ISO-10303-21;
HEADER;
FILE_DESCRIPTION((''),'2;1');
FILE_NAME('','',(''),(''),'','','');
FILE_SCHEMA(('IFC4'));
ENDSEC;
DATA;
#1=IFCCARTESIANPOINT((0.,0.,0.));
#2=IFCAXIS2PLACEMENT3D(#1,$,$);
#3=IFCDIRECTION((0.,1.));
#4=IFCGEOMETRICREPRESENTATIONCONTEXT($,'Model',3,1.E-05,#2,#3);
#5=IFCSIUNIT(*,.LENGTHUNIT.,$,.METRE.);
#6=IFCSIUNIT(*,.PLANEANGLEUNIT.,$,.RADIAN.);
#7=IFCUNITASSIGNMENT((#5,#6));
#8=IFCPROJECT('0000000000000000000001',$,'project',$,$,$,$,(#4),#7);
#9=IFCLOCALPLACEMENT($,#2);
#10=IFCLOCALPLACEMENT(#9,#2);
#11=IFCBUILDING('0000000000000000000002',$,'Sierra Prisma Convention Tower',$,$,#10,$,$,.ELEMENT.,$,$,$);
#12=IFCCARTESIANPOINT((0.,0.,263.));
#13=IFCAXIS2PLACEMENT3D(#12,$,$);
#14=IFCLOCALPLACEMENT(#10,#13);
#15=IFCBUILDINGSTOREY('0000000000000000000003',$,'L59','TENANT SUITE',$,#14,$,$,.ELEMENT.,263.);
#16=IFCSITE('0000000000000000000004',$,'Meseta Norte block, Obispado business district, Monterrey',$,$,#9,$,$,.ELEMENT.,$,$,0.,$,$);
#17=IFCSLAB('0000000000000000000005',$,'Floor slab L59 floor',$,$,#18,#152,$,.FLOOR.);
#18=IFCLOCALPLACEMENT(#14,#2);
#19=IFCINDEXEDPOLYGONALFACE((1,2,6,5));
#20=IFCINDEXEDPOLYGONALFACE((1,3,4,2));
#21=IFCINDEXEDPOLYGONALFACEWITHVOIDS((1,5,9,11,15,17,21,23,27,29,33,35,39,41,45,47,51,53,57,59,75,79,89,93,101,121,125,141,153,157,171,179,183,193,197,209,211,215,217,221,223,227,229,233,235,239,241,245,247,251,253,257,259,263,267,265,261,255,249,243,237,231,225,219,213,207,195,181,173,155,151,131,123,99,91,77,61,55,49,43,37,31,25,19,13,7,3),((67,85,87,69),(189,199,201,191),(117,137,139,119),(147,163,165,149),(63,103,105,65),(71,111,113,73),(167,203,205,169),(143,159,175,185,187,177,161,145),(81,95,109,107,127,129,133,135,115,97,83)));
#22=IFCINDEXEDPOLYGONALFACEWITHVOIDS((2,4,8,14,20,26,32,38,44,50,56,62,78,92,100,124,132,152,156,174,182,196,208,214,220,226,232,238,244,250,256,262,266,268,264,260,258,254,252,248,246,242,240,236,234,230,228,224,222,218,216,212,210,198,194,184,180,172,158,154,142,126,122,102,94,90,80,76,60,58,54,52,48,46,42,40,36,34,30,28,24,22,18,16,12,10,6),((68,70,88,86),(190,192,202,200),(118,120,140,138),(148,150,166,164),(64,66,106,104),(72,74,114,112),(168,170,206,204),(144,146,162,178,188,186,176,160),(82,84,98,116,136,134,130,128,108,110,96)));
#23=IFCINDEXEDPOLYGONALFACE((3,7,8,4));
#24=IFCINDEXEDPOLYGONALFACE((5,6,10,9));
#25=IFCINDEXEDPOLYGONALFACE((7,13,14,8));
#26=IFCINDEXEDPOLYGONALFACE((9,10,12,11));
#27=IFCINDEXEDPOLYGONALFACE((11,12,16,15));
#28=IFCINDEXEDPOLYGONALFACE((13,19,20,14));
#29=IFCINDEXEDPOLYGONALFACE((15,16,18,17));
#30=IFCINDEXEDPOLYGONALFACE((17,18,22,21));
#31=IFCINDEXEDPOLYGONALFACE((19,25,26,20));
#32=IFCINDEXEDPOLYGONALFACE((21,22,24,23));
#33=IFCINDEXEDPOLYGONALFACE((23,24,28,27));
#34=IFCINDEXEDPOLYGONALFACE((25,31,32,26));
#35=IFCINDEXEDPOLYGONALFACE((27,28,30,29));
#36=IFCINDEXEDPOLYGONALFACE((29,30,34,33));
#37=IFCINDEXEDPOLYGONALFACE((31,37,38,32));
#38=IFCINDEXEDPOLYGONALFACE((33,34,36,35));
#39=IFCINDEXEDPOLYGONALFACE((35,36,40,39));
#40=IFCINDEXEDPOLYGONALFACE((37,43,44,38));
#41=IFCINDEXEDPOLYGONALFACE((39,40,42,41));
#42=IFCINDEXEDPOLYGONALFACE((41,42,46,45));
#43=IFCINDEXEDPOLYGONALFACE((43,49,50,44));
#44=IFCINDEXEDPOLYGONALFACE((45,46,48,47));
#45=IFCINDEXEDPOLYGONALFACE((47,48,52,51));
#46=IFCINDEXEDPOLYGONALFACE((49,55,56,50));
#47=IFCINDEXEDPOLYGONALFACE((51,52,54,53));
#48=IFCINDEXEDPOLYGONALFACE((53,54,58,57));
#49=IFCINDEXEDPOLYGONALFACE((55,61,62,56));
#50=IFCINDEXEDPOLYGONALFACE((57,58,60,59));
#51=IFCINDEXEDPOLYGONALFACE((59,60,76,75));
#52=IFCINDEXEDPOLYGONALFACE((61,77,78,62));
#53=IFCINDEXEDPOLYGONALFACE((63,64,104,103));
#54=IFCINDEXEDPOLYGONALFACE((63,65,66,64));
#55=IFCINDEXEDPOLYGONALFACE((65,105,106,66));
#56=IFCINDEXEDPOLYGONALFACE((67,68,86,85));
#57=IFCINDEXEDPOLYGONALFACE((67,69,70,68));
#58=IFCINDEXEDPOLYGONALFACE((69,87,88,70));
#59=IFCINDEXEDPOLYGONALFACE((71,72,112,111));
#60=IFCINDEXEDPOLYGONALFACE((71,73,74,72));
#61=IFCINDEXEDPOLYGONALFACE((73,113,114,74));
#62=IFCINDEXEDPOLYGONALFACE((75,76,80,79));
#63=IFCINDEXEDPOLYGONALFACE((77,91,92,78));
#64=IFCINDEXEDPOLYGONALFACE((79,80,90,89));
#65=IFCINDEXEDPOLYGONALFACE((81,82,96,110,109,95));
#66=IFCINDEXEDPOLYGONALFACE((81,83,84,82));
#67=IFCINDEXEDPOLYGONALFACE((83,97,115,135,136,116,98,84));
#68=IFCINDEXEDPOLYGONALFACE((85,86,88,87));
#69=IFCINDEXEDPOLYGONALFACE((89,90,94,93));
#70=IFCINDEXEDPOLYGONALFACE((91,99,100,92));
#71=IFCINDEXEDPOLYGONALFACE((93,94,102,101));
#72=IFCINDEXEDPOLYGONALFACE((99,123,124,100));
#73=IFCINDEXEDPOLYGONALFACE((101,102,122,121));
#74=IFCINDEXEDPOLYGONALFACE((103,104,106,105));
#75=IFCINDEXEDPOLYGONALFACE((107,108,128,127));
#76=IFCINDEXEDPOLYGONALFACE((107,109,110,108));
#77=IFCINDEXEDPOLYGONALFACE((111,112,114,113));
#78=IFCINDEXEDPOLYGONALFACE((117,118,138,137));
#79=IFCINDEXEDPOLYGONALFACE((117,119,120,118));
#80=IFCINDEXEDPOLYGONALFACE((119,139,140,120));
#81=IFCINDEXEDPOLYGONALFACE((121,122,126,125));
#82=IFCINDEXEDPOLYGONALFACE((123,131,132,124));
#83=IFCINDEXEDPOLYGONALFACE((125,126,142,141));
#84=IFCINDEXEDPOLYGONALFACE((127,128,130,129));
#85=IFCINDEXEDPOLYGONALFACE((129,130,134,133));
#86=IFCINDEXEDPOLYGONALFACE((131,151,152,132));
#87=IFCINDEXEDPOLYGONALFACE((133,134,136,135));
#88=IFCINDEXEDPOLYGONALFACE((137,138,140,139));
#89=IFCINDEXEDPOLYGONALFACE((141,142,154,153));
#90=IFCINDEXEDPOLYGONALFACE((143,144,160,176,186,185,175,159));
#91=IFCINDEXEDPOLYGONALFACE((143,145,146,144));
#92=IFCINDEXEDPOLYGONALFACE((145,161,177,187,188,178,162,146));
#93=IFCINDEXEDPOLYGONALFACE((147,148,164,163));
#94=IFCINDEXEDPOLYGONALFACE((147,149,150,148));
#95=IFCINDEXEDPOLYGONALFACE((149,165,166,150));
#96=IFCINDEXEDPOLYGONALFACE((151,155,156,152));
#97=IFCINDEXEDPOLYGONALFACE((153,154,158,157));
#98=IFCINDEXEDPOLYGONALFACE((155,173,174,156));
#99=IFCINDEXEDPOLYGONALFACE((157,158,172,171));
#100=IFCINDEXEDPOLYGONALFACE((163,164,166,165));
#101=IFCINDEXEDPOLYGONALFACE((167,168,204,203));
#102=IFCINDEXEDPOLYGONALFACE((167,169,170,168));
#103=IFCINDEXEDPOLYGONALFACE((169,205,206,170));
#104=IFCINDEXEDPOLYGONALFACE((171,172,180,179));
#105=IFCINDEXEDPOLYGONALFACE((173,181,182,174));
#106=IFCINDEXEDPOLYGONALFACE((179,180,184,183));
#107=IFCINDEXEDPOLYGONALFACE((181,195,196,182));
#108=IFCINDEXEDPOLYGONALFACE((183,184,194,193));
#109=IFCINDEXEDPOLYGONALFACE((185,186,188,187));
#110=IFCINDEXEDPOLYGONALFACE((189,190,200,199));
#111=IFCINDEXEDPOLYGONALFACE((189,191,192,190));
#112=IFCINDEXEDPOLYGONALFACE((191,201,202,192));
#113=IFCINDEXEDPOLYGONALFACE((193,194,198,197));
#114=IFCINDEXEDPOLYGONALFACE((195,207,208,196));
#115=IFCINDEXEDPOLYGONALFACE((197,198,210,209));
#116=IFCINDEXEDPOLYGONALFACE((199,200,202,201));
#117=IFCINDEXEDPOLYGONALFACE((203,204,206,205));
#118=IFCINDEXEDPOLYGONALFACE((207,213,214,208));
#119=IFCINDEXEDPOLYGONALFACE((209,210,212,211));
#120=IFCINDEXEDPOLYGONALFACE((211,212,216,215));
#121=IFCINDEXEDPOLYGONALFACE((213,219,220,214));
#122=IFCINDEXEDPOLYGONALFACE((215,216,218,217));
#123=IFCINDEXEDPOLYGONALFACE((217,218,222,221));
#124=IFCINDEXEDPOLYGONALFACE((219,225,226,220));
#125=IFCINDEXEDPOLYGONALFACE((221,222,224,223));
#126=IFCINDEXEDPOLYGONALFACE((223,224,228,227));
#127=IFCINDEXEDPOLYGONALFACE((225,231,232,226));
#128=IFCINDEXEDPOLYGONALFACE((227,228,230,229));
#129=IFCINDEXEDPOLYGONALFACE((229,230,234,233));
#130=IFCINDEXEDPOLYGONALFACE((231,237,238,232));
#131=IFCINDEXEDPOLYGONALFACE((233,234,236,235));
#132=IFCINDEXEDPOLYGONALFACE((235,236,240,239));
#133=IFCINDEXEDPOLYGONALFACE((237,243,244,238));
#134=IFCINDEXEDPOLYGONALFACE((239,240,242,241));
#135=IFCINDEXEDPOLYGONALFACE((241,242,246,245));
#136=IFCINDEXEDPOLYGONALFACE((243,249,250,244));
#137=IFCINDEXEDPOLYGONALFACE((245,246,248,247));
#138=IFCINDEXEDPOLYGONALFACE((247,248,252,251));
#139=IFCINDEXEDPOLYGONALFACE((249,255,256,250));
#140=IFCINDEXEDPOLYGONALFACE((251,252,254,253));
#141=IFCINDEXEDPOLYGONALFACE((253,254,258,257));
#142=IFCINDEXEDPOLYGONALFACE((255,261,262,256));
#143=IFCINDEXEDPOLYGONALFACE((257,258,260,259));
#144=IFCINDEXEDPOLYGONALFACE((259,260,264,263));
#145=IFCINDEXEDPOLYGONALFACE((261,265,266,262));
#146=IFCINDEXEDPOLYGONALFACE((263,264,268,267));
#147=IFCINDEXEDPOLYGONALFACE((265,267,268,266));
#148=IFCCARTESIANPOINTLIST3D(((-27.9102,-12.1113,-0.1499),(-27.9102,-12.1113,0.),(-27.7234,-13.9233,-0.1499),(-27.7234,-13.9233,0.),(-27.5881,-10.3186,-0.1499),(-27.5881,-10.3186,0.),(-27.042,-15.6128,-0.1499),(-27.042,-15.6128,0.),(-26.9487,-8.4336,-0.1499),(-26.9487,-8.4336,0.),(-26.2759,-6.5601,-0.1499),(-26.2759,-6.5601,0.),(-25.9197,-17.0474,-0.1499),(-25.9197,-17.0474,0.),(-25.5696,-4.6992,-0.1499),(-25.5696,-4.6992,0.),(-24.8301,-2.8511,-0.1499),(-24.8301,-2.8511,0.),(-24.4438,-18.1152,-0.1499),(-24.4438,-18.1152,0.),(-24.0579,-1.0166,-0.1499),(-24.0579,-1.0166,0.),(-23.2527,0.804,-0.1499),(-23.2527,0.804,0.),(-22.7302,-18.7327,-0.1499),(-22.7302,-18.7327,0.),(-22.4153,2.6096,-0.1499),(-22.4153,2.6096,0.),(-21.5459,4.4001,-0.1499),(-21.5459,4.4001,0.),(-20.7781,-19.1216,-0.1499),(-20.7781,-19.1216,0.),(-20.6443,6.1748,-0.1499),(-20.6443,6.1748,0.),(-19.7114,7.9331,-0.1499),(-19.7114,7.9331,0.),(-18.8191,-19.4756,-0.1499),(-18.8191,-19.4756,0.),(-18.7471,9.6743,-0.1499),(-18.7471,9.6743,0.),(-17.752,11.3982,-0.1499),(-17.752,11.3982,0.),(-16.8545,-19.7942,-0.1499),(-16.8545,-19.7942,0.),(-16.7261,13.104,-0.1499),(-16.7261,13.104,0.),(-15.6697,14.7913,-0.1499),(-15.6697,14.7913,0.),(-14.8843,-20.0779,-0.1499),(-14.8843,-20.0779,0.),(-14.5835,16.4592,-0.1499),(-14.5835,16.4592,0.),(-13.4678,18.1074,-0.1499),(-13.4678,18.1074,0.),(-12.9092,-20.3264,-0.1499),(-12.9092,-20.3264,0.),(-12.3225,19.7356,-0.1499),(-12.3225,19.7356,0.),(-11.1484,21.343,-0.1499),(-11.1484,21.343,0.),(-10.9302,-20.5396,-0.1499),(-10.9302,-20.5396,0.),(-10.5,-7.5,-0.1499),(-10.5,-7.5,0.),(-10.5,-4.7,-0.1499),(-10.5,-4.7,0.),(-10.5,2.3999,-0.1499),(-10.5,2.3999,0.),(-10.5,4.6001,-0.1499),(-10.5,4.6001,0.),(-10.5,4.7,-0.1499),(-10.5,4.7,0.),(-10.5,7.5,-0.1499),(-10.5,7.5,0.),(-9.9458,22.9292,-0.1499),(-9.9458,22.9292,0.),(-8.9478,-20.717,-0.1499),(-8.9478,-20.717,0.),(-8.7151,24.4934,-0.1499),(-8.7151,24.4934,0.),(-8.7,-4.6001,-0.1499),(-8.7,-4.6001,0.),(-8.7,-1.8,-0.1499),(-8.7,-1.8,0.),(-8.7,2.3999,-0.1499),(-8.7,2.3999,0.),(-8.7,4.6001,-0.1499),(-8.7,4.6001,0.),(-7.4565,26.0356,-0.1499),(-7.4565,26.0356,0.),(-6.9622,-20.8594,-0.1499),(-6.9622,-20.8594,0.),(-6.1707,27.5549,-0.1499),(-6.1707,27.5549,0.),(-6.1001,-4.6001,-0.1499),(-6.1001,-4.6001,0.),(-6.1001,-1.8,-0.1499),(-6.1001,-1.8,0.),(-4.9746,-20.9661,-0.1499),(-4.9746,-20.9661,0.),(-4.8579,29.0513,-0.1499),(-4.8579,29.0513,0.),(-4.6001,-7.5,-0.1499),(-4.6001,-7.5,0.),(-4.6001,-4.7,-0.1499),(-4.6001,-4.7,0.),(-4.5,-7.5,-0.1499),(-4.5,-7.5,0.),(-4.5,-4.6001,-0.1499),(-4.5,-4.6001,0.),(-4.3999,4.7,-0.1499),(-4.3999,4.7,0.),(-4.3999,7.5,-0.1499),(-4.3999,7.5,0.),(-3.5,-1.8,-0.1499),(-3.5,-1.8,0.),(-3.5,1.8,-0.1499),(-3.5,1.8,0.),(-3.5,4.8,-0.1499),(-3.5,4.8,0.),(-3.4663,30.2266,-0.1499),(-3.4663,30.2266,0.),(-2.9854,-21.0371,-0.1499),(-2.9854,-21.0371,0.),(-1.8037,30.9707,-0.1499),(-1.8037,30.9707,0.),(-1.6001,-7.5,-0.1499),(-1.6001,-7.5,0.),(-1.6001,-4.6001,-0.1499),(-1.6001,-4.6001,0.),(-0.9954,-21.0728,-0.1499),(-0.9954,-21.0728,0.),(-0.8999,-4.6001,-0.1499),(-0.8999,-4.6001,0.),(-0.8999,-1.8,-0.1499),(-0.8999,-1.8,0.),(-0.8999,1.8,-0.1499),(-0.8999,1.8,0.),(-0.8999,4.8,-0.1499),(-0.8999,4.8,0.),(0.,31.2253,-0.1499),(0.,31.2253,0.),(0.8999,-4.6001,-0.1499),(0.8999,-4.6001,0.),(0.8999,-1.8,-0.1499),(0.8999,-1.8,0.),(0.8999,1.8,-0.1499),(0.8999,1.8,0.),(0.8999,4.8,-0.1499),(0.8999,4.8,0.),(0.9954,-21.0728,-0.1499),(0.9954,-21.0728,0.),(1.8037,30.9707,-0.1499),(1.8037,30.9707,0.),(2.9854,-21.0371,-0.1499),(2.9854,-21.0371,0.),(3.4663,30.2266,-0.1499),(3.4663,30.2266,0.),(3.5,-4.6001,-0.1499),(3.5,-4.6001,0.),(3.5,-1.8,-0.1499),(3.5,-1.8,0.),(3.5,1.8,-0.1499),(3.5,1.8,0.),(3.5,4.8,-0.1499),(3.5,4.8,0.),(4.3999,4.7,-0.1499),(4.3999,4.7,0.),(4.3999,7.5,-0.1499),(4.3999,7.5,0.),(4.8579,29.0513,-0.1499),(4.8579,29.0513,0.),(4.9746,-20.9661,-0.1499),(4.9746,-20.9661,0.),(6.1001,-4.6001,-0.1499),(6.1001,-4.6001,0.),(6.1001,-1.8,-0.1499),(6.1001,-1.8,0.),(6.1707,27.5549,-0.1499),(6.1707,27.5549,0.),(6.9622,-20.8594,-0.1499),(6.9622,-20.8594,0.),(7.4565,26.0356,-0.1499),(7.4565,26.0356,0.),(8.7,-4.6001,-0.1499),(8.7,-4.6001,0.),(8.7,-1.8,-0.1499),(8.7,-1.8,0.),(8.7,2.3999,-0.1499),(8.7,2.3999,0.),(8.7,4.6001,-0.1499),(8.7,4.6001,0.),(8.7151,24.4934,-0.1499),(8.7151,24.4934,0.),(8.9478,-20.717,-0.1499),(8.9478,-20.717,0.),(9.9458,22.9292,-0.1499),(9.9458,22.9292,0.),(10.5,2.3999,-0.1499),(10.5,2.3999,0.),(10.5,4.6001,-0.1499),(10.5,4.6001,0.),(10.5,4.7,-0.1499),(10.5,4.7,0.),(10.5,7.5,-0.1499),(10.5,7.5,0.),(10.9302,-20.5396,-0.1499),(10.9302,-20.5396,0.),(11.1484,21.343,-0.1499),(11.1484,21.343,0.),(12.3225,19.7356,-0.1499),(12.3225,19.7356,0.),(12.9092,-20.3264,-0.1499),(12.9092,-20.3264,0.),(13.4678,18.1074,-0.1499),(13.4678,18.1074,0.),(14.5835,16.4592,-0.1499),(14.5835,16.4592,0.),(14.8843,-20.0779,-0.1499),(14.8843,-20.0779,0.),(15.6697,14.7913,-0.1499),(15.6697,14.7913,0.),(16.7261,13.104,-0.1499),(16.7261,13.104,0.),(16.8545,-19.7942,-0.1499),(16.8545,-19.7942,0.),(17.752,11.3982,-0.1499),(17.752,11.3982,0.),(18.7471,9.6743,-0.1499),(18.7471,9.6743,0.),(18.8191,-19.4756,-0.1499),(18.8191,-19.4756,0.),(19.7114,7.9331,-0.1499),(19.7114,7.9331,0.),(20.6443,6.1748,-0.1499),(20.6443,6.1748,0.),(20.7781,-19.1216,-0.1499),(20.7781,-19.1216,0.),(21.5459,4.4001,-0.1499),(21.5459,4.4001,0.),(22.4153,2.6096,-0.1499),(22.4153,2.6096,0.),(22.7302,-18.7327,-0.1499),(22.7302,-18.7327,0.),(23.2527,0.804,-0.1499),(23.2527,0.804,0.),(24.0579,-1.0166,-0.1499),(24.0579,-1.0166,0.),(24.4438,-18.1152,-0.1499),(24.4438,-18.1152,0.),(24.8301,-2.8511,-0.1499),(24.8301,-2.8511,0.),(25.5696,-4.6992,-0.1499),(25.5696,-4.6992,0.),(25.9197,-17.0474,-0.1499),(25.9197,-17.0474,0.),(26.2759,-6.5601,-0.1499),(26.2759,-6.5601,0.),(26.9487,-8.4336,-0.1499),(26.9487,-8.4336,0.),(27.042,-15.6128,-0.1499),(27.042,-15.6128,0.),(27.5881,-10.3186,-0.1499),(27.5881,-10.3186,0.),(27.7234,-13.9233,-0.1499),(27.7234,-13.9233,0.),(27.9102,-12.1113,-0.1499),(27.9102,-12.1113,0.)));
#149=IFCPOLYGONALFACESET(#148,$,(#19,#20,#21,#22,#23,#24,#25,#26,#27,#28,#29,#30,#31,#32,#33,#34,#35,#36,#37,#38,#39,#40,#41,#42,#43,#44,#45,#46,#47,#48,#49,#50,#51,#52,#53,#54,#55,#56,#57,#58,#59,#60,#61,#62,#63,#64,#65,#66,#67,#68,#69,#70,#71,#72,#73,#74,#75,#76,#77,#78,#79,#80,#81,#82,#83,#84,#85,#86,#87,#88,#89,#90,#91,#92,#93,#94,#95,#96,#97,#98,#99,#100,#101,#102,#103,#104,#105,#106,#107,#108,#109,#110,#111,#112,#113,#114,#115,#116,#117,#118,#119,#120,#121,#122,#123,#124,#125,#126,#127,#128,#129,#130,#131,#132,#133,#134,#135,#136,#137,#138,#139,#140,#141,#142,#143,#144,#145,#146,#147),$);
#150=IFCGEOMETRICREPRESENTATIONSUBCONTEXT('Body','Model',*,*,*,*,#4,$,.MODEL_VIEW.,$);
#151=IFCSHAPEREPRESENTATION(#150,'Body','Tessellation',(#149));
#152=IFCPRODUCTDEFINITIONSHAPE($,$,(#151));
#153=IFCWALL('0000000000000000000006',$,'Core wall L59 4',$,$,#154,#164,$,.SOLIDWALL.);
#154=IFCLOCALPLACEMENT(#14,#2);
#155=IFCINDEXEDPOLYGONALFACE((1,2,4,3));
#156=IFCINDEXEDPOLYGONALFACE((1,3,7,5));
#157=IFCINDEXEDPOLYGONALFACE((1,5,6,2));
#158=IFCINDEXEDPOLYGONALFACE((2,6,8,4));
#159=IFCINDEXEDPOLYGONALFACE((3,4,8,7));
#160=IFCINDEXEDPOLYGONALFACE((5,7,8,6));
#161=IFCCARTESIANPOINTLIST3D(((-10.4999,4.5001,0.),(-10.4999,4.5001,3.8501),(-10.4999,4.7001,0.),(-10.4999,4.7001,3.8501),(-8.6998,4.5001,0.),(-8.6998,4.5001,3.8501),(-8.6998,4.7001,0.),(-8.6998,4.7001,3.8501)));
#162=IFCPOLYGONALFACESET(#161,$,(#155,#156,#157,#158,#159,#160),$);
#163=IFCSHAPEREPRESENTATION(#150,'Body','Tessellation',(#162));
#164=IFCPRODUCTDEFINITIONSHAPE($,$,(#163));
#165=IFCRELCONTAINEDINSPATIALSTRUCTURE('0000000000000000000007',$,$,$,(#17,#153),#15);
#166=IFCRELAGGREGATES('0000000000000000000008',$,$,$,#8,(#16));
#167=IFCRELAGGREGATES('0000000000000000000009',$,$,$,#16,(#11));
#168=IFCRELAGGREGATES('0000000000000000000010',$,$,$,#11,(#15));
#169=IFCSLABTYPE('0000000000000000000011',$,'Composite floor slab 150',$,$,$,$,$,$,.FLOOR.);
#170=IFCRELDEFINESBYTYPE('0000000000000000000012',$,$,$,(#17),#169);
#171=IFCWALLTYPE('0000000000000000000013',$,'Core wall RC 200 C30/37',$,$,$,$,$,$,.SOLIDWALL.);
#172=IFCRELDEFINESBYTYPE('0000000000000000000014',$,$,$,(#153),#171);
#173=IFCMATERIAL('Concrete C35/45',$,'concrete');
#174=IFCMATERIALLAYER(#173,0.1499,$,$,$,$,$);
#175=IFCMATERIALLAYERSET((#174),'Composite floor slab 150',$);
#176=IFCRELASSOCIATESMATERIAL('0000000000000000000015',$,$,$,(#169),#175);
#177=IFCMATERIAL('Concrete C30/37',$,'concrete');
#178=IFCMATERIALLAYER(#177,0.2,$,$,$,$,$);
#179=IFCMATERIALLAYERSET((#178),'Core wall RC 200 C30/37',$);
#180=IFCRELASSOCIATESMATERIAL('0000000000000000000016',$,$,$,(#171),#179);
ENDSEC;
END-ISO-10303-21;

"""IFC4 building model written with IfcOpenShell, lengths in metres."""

from ifc_helpers import new_model, si_unit, direction, frame, frame_2d, origin, place, context, subcontext, project, spatial, polyline, rectangle, outline, extrude, material, layer, layer_set, type_object, element, save


model = new_model("IFC4")

# Units and contexts
model_context = context("Model", 3, precision=1e-05, world=origin(), true_north=direction((0.0, 1.0)))
body_context = subcontext(model_context, "Body", "Model", "MODEL_VIEW")
ifc_project = project(units=[si_unit("LENGTHUNIT", "METRE"), si_unit("PLANEANGLEUNIT", "RADIAN")], contexts=[model_context])

# Site, building, storey
site_placement = place(None, origin())
site = spatial("IfcSite", under=ifc_project, at=site_placement, Name="Meseta Norte block, Obispado business district, Monterrey", CompositionType="ELEMENT", RefElevation=0.0)
building_placement = place(site_placement, origin())
building = spatial("IfcBuilding", under=site, at=building_placement, Name="Sierra Prisma Convention Tower", CompositionType="ELEMENT")
storey_placement = place(building_placement, frame((0.0, 0.0, 263.0)))
storey = spatial("IfcBuildingStorey", under=building, at=storey_placement, Name="L59", Description="TENANT SUITE", CompositionType="ELEMENT", Elevation=263.0)

# Slab
ifc_material_1 = material(Name="Concrete C35/45", Category="concrete")
ifc_layer_1 = layer(ifc_material_1, 0.1499)
ifc_layer_set_1 = layer_set([ifc_layer_1], Name="Composite floor slab 150")
slab_type = type_object("IfcSlabType", Name="Composite floor slab 150", PredefinedType="FLOOR", material=ifc_layer_set_1)
slab_placement = place(storey_placement, frame((0.0, 0.0, -0.1499)))
element("IfcSlab", 1, at=slab_placement, inside=storey, type_object=slab_type, Name="Floor slab L59 floor", PredefinedType="FLOOR", context=body_context, shape_type="SweptSolid", body=[
    extrude(outline(polyline([(-22.7302, -18.7327), (-20.7781, -19.1216), (-18.8191, -19.4756), (-16.8545, -19.7942), (-14.8843, -20.0779), (-12.9092, -20.3264), (-10.9302, -20.5396), (-8.9478, -20.717), (-6.9622, -20.8594), (-4.9746, -20.9661), (-2.9854, -21.0371), (-0.9954, -21.0728), (0.9954, -21.0728), (2.9854, -21.0371), (4.9746, -20.9661), (6.9622, -20.8594), (8.9478, -20.717), (10.9302, -20.5396), (12.9092, -20.3264), (14.8843, -20.0779), (16.8545, -19.7942), (18.8191, -19.4756), (20.7781, -19.1216), (22.7302, -18.7327), (24.4438, -18.1152), (25.9197, -17.0474), (27.042, -15.6128), (27.7234, -13.9233), (27.9102, -12.1113), (27.5881, -10.3186), (26.9487, -8.4336), (26.2759, -6.5601), (25.5696, -4.6992), (24.8301, -2.8511), (24.0579, -1.0166), (23.2527, 0.804), (22.4153, 2.6096), (21.5459, 4.4001), (20.6443, 6.1748), (19.7114, 7.9331), (18.7471, 9.6743), (17.752, 11.3982), (16.7261, 13.104), (15.6697, 14.7913), (14.5835, 16.4592), (13.4678, 18.1074), (12.3225, 19.7356), (11.1484, 21.343), (9.9458, 22.9292), (8.7151, 24.4934), (7.4565, 26.0356), (6.1707, 27.5549), (4.8579, 29.0513), (3.4663, 30.2266), (1.8037, 30.9707), (0.0, 31.2253), (-1.8037, 30.9707), (-3.4663, 30.2266), (-4.8579, 29.0513), (-6.1707, 27.5549), (-7.4565, 26.0356), (-8.7151, 24.4934), (-9.9458, 22.9292), (-11.1484, 21.343), (-12.3225, 19.7356), (-13.4678, 18.1074), (-14.5835, 16.4592), (-15.6697, 14.7913), (-16.7261, 13.104), (-17.752, 11.3982), (-18.7471, 9.6743), (-19.7114, 7.9331), (-20.6443, 6.1748), (-21.5459, 4.4001), (-22.4153, 2.6096), (-23.2527, 0.804), (-24.0579, -1.0166), (-24.8301, -2.8511), (-25.5696, -4.6992), (-26.2759, -6.5601), (-26.9487, -8.4336), (-27.5881, -10.3186), (-27.9102, -12.1113), (-27.7234, -13.9233), (-27.042, -15.6128), (-25.9197, -17.0474), (-24.4438, -18.1152), (-22.7302, -18.7327)]), holes=[polyline([(-4.6001, -4.7), (-4.6001, -7.5), (-10.5, -7.5), (-10.5, -4.7), (-4.6001, -4.7)]), polyline([(-4.5, -7.5), (-4.5, -4.6001), (-6.1001, -4.6001), (-8.7, -4.6001), (-8.7, -1.8), (-6.1001, -1.8), (-3.5, -1.8), (-0.8999, -1.8), (-0.8999, -4.6001), (-1.6001, -4.6001), (-1.6001, -7.5), (-4.5, -7.5)]), polyline([(-8.7, 2.3999), (-10.5, 2.3999), (-10.5, 4.6001), (-8.7, 4.6001), (-8.7, 2.3999)]), polyline([(-4.3999, 4.7), (-10.5, 4.7), (-10.5, 7.5), (-4.3999, 7.5), (-4.3999, 4.7)]), polyline([(3.5, -1.8), (6.1001, -1.8), (8.7, -1.8), (8.7, -4.6001), (6.1001, -4.6001), (3.5, -4.6001), (0.8999, -4.6001), (0.8999, -1.8), (3.5, -1.8)]), polyline([(-0.8999, 1.8), (-3.5, 1.8), (-3.5, 4.8), (-0.8999, 4.8), (-0.8999, 1.8)]), polyline([(3.5, 1.8), (0.8999, 1.8), (0.8999, 4.8), (3.5, 4.8), (3.5, 1.8)]), polyline([(10.5, 2.3999), (8.7, 2.3999), (8.7, 4.6001), (10.5, 4.6001), (10.5, 2.3999)]), polyline([(10.5, 4.7), (4.3999, 4.7), (4.3999, 7.5), (10.5, 7.5), (10.5, 4.7)])]), origin(), (0.0, 0.0, 1.0), 0.1499),
])

# Wall
ifc_material_2 = material(Name="Concrete C30/37", Category="concrete")
ifc_layer_2 = layer(ifc_material_2, 0.2)
ifc_layer_set_2 = layer_set([ifc_layer_2], Name="Core wall RC 200 C30/37")
wall_type = type_object("IfcWallType", Name="Core wall RC 200 C30/37", PredefinedType="SOLIDWALL", material=ifc_layer_set_2)
wall_1_placement = place(storey_placement, frame((-8.7, 4.6001, 0.0), z_axis=(0.0, 0.0, 1.0), x_axis=(-1.0, 0.0, 0.0)))
element("IfcWall", 2, at=wall_1_placement, inside=storey, type_object=wall_type, Name="Core wall L59 4", PredefinedType="SOLIDWALL", context=body_context, shape_type="SweptSolid", body=[
    extrude(rectangle(XDim=1.8, YDim=0.2, at=frame_2d((0.8999, 0.0))), origin(), (0.0, 0.0, 1.0), 3.8501),
])

save(model, "model.ifc")
